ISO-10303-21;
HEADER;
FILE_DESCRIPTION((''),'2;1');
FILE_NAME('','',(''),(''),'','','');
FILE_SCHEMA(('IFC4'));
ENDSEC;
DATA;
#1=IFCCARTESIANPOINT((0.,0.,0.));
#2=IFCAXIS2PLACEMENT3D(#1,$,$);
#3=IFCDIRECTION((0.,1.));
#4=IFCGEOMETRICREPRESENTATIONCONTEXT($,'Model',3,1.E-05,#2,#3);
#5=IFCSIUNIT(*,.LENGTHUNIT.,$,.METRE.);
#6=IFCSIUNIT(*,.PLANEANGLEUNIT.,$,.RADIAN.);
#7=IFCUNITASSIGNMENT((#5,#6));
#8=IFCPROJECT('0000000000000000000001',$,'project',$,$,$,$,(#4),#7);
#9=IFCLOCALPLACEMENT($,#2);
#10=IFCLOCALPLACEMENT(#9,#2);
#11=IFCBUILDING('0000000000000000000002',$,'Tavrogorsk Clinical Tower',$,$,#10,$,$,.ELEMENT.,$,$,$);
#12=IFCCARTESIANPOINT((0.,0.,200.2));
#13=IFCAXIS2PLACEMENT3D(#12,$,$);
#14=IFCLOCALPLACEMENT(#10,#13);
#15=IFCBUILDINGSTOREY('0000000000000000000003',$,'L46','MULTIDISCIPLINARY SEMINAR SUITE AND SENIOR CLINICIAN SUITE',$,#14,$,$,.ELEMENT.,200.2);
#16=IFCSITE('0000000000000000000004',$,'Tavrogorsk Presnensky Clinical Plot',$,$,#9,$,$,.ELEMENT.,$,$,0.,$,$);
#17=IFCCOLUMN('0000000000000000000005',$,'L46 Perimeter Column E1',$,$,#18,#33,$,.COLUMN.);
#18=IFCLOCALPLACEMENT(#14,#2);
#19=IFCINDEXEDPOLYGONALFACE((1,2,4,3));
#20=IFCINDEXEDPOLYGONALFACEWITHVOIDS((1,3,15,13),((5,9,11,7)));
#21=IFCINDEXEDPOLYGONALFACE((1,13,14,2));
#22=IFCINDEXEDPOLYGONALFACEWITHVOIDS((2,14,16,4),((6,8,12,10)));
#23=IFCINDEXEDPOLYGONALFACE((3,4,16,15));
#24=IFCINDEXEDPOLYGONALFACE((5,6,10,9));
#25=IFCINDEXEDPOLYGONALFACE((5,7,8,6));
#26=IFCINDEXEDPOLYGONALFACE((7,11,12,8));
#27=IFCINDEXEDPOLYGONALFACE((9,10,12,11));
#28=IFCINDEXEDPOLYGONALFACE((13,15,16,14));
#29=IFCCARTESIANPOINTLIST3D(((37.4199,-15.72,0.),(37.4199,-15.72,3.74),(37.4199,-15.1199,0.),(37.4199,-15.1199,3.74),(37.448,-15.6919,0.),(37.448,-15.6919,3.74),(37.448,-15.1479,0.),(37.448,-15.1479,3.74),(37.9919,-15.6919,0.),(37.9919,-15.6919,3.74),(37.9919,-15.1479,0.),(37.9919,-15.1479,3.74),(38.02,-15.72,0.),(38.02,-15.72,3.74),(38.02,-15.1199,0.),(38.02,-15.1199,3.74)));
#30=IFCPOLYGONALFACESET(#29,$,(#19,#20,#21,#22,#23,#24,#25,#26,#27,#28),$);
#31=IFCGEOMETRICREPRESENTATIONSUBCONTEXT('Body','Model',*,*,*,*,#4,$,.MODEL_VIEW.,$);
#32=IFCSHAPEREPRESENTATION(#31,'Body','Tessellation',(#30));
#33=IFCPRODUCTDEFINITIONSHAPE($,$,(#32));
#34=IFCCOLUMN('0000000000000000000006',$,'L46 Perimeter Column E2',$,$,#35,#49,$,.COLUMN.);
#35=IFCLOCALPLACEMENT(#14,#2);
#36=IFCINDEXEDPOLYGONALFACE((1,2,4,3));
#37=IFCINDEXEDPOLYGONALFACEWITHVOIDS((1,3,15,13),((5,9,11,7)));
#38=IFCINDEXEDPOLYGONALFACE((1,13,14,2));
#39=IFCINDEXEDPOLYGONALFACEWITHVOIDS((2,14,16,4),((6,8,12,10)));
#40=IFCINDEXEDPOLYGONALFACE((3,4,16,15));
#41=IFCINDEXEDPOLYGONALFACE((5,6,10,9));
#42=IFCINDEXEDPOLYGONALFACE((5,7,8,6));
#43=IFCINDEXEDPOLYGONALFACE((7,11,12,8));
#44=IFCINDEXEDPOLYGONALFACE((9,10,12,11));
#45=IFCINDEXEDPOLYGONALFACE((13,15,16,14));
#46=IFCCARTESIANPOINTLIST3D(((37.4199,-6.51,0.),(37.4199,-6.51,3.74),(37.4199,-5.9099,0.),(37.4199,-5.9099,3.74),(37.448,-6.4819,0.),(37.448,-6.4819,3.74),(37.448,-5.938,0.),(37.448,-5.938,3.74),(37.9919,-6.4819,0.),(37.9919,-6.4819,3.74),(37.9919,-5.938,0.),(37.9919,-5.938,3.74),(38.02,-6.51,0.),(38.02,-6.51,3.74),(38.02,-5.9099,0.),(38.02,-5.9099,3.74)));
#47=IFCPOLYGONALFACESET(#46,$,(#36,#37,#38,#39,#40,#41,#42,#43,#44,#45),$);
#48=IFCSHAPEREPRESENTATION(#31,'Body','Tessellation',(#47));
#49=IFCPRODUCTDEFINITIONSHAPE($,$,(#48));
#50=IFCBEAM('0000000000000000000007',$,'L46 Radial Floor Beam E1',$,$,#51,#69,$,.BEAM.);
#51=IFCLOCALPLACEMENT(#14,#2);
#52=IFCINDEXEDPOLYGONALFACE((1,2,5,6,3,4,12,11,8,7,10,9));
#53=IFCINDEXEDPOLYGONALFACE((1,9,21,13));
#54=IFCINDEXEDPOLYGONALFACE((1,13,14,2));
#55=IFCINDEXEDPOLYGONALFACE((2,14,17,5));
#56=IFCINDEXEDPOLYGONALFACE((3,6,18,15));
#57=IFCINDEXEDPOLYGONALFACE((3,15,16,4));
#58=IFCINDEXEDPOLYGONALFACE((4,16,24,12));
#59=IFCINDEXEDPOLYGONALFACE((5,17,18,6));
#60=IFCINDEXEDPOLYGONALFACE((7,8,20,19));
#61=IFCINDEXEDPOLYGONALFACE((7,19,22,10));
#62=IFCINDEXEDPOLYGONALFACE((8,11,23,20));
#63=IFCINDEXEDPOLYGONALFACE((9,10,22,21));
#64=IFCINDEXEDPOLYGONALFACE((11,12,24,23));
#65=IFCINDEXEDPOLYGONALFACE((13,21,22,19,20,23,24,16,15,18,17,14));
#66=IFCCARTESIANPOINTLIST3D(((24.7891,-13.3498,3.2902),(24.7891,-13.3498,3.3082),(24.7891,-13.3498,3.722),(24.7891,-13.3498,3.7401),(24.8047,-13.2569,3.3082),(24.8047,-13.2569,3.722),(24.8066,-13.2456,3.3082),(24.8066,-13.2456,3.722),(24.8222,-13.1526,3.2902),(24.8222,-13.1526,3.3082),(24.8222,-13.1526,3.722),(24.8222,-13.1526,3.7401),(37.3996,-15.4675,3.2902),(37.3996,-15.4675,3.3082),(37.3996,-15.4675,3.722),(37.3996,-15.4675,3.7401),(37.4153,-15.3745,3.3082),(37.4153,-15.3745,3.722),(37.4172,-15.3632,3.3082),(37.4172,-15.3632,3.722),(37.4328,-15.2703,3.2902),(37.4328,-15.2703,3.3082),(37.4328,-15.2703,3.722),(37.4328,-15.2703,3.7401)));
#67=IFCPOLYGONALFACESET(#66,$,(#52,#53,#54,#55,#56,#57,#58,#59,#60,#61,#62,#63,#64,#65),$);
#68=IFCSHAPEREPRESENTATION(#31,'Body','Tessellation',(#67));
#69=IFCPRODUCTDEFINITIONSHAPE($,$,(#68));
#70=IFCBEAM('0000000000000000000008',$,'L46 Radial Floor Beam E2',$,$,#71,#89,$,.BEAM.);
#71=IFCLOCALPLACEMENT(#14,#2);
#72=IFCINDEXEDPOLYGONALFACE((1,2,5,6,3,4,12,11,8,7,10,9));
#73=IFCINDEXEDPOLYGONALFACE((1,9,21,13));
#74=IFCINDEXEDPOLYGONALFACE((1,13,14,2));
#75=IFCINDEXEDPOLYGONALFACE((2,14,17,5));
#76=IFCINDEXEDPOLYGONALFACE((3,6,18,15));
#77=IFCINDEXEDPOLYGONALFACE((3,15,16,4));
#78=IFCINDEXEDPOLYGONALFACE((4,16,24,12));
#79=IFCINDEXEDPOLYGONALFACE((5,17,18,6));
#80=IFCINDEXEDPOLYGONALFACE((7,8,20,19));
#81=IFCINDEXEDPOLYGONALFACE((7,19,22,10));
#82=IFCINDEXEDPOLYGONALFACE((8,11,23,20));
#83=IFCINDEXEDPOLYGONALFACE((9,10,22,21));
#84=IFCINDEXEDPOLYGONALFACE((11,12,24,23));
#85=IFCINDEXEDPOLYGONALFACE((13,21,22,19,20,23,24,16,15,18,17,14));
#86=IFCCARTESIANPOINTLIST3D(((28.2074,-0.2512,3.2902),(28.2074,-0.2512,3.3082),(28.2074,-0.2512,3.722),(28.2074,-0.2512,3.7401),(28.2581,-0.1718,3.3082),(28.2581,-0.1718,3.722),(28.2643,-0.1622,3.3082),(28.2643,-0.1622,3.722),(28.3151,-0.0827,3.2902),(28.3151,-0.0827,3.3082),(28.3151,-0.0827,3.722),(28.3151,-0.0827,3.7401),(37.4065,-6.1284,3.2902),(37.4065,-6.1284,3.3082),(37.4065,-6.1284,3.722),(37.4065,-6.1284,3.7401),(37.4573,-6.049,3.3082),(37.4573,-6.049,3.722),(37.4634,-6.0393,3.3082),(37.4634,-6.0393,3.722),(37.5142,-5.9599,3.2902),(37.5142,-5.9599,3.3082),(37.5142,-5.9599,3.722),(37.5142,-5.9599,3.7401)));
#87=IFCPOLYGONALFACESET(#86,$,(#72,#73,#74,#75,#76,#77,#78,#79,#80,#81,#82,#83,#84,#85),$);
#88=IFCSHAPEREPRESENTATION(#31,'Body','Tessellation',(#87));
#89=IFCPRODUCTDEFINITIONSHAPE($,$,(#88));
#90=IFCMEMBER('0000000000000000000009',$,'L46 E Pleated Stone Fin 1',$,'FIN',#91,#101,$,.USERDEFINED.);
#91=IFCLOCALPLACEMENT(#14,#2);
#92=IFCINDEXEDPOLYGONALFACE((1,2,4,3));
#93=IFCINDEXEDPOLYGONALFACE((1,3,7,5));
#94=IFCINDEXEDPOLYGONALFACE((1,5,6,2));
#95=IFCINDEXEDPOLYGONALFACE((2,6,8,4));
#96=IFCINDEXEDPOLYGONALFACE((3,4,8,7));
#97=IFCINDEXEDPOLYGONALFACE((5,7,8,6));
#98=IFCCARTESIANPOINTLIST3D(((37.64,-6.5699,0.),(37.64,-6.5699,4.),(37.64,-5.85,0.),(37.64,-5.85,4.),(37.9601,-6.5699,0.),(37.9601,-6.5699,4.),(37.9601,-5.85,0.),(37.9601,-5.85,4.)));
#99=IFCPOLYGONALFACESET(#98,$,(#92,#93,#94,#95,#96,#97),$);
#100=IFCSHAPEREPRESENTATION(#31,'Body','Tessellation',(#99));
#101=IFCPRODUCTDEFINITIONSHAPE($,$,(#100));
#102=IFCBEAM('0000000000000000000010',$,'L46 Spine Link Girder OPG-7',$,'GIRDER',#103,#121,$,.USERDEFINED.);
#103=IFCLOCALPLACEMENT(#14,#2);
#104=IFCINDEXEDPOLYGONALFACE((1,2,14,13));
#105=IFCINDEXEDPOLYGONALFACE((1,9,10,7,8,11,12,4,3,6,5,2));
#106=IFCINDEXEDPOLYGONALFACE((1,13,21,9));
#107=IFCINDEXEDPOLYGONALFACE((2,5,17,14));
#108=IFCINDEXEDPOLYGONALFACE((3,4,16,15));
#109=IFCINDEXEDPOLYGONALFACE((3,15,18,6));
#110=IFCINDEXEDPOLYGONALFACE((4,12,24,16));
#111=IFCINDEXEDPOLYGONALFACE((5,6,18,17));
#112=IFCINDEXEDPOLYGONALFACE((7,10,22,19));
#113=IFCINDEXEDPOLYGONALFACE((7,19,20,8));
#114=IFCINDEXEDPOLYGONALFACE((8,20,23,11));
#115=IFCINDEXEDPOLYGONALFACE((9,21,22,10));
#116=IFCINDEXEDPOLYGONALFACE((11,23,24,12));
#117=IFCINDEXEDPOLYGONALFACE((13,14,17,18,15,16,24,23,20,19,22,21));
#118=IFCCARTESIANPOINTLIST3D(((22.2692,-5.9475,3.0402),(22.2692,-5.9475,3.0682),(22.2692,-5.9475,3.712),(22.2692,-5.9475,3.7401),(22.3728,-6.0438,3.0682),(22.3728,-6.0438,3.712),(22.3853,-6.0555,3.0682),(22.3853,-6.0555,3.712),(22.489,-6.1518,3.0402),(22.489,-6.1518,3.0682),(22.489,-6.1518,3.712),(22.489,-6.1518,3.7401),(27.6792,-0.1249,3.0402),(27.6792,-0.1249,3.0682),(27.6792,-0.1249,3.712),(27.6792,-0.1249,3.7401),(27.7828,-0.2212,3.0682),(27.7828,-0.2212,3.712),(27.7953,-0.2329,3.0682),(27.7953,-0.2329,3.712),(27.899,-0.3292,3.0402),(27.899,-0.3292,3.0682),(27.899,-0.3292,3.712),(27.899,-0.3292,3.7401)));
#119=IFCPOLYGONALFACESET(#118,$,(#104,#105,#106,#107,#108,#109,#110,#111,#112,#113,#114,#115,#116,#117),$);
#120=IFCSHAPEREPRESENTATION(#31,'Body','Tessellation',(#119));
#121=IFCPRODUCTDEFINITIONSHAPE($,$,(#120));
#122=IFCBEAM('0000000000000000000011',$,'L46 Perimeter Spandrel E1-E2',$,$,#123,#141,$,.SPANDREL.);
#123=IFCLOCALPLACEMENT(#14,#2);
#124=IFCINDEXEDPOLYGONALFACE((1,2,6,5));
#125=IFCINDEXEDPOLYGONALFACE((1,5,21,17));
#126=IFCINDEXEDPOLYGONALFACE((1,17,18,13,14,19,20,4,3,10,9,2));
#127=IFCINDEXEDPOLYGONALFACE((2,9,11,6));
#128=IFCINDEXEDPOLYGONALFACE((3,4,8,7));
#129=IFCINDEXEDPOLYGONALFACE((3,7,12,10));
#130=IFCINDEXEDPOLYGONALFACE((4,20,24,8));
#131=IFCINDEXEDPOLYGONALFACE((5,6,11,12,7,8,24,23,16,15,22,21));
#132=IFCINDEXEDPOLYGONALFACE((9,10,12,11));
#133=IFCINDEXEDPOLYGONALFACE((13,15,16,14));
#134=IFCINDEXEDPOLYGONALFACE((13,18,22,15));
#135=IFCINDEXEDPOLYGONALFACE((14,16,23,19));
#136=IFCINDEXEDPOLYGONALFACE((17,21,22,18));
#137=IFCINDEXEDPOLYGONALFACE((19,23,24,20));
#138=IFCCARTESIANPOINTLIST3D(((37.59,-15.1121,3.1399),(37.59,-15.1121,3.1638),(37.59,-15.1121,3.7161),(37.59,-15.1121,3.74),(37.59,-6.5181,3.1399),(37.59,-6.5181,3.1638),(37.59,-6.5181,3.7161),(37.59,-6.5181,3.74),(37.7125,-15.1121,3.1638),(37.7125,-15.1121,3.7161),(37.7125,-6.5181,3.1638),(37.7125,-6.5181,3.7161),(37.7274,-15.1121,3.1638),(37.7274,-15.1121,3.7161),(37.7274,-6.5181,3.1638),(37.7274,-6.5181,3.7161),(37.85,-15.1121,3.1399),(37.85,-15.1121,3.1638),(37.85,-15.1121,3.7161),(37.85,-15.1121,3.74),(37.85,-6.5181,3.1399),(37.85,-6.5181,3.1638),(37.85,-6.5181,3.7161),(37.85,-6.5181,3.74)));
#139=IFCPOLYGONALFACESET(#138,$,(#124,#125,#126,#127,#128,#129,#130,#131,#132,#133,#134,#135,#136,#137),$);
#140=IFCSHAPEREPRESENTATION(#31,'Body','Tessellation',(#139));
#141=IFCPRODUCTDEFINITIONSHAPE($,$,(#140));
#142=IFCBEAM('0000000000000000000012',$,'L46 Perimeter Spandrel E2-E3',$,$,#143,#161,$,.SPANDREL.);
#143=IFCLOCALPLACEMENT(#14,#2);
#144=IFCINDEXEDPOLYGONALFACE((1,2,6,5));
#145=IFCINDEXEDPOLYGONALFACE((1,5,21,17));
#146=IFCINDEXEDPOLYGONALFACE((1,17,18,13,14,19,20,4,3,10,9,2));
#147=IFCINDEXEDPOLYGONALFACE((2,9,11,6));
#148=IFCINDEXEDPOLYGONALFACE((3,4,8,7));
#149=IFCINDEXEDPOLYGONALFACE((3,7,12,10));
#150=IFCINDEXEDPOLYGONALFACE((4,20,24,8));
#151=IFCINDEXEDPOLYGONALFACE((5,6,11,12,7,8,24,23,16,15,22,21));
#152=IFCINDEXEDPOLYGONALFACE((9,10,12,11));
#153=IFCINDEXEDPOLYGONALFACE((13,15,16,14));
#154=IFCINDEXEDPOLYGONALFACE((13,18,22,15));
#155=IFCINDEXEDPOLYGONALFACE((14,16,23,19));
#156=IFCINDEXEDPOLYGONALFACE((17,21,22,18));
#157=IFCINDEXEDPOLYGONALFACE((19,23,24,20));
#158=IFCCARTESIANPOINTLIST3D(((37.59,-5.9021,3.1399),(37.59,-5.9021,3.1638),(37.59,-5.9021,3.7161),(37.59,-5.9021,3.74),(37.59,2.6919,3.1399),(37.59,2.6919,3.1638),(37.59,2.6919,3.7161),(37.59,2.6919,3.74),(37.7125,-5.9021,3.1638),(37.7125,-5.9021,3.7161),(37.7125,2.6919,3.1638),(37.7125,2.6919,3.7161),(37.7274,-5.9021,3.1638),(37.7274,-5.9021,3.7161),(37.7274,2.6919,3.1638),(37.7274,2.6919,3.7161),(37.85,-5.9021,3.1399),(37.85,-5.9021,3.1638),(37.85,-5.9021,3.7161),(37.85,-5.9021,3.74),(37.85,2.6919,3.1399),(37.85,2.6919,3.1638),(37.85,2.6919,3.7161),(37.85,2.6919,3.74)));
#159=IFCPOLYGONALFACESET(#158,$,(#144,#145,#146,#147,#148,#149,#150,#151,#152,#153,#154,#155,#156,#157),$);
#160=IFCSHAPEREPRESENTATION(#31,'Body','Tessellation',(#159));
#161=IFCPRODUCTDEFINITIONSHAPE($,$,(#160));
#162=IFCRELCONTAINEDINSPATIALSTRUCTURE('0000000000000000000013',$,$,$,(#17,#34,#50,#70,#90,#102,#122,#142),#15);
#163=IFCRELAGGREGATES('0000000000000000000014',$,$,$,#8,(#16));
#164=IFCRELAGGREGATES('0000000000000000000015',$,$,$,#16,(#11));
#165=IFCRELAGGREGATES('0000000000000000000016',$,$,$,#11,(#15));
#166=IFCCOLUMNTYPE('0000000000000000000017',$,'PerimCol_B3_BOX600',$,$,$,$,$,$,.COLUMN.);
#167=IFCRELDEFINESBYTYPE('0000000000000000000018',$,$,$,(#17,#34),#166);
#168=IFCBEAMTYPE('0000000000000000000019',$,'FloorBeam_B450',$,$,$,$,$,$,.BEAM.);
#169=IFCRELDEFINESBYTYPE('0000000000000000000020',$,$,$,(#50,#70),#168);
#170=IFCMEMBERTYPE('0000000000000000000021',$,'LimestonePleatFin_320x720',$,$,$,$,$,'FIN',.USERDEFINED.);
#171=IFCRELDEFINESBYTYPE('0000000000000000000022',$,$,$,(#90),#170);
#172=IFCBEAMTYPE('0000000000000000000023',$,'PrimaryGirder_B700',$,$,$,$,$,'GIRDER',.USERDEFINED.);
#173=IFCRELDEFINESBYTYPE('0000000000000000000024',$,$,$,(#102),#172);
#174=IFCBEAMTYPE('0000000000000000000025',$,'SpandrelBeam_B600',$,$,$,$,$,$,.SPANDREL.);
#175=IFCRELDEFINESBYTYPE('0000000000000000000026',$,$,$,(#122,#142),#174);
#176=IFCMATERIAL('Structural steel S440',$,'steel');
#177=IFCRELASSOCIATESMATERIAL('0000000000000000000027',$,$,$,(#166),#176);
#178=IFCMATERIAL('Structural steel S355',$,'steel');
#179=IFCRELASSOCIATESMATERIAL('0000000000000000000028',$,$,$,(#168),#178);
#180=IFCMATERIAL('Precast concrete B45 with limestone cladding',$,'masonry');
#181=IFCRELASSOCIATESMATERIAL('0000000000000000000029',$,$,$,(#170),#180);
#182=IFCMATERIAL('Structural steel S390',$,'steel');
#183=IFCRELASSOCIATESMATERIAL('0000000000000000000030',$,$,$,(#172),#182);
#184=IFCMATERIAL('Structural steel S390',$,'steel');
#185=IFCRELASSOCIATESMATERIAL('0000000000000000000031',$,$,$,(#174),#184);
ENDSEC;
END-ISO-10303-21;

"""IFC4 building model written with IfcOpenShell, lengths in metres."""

from ifc_helpers import new_model, si_unit, direction, frame, origin, origin_2d, place, context, subcontext, project, spatial, rectangle, hollow_rectangle, i_section, extrude, material, material_profile, profile_set, type_object, element, save


model = new_model("IFC4")

# Units and contexts
model_context = context("Model", 3, precision=1e-05, world=origin(), true_north=direction((0.0, 1.0)))
body_context = subcontext(model_context, "Body", "Model", "MODEL_VIEW")
ifc_project = project(units=[si_unit("LENGTHUNIT", "METRE"), si_unit("PLANEANGLEUNIT", "RADIAN")], contexts=[model_context])

# Site, building, storey
site_placement = place(None, origin())
site = spatial("IfcSite", under=ifc_project, at=site_placement, Name="Tavrogorsk Presnensky Clinical Plot", CompositionType="ELEMENT", RefElevation=0.0)
building_placement = place(site_placement, origin())
building = spatial("IfcBuilding", under=site, at=building_placement, Name="Tavrogorsk Clinical Tower", CompositionType="ELEMENT")
storey_placement = place(building_placement, frame((0.0, 0.0, 200.2)))
storey = spatial("IfcBuildingStorey", under=building, at=storey_placement, Name="L46", Description="MULTIDISCIPLINARY SEMINAR SUITE AND SENIOR CLINICIAN SUITE", CompositionType="ELEMENT", Elevation=200.2)

# Columns
ifc_material_1 = material(Name="Structural steel S440", Category="steel")
ifc_material_profile_1 = material_profile(ifc_material_1, hollow_rectangle(XDim=0.6001, YDim=0.6001, WallThickness=0.0281, at=origin_2d()), Name="BOX-600x600x28")
ifc_profile_set_1 = profile_set([ifc_material_profile_1], Name="Structural steel S440")
column_type = type_object("IfcColumnType", Name="PerimCol_B3_BOX600", PredefinedType="COLUMN", material=ifc_profile_set_1)
for number, where, z_axis, x_axis, name in (
    (1, (37.72, -15.4199, 0.0), (0.0, 0.0, 1.0), (1.0, 0.0, 0.0), "L46 Perimeter Column E1"),
    (2, (37.72, -6.21, 0.0), (0.0, 0.0, 1.0), (1.0, 0.0, 0.0), "L46 Perimeter Column E2"),
):
    element("IfcColumn", number, at=place(storey_placement, frame(where, z_axis=z_axis, x_axis=x_axis)), inside=storey, type_object=column_type, Name=name, PredefinedType="COLUMN", context=body_context, shape_type="SweptSolid", body=[
        extrude(hollow_rectangle(XDim=0.6001, YDim=0.6001, WallThickness=0.0281, at=origin_2d()), origin(), (0.0, 0.0, 1.0), 3.74),
    ])

# Beams
ifc_material_2 = material(Name="Structural steel S355", Category="steel")
ifc_material_profile_2 = material_profile(ifc_material_2, i_section(OverallWidth=0.2, OverallDepth=0.45, WebThickness=0.0115, FlangeThickness=0.0181, at=origin_2d()), Name="B-450x200x11.5x18")
ifc_profile_set_2 = profile_set([ifc_material_profile_2], Name="Structural steel S355")
beam_type_1 = type_object("IfcBeamType", Name="FloorBeam_B450", PredefinedType="BEAM", material=ifc_profile_set_2)
beam_1_placement = place(storey_placement, frame((24.8057, -13.2512, 3.5151), z_axis=(0.986191, -0.165609, 0.0), x_axis=(0.165609, 0.986191, 0.0)))
element("IfcBeam", 3, at=beam_1_placement, inside=storey, type_object=beam_type_1, Name="L46 Radial Floor Beam E1", PredefinedType="BEAM", context=body_context, shape_type="SweptSolid", body=[
    extrude(i_section(OverallWidth=0.2, OverallDepth=0.45, WebThickness=0.0115, FlangeThickness=0.0181, at=origin_2d()), origin(), (0.0, 0.0, 1.0), 12.7871),
])
beam_2_placement = place(storey_placement, frame((28.2612, -0.167, 3.5151), z_axis=(0.8427, -0.538384, 0.0), x_axis=(0.538384, 0.8427, 0.0)))
element("IfcBeam", 4, at=beam_2_placement, inside=storey, type_object=beam_type_1, Name="L46 Radial Floor Beam E2", PredefinedType="BEAM", context=body_context, shape_type="SweptSolid", body=[
    extrude(i_section(OverallWidth=0.2, OverallDepth=0.45, WebThickness=0.0115, FlangeThickness=0.0181, at=origin_2d()), origin(), (0.0, 0.0, 1.0), 10.9163),
])

# Member
ifc_material_3 = material(Name="Precast concrete B45 with limestone cladding", Category="masonry")
ifc_material_profile_3 = material_profile(ifc_material_3, rectangle(XDim=0.3201, YDim=0.72, at=origin_2d()), Name="LIMESTONE-FIN-320x720")
ifc_profile_set_3 = profile_set([ifc_material_profile_3], Name="Precast concrete B45 with limestone cladding")
member_type = type_object("IfcMemberType", Name="LimestonePleatFin_320x720", ElementType="FIN", PredefinedType="USERDEFINED", material=ifc_profile_set_3)
member_placement = place(storey_placement, frame((37.8, -6.21, 0.0), z_axis=(0.0, 0.0, 1.0), x_axis=(1.0, 0.0, 0.0)))
element("IfcMember", 5, at=member_placement, inside=storey, type_object=member_type, Name="L46 E Pleated Stone Fin 1", ObjectType="FIN", PredefinedType="USERDEFINED", context=body_context, shape_type="SweptSolid", body=[
    extrude(rectangle(XDim=0.3201, YDim=0.72, at=origin_2d()), origin(), (0.0, 0.0, 1.0), 4.0),
])

# Beams
ifc_material_4 = material(Name="Structural steel S390", Category="steel")
ifc_material_profile_4 = material_profile(ifc_material_4, i_section(OverallWidth=0.3, OverallDepth=0.7, WebThickness=0.0171, FlangeThickness=0.0281, at=origin_2d()), Name="B-700x300x17x28")
ifc_profile_set_4 = profile_set([ifc_material_profile_4], Name="Structural steel S390")
beam_type_2 = type_object("IfcBeamType", Name="PrimaryGirder_B700", ElementType="GIRDER", PredefinedType="USERDEFINED", material=ifc_profile_set_4)
beam_3_placement = place(storey_placement, frame((27.7891, -0.2271, 3.3901), z_axis=(-0.680674, -0.732587, 0.0), x_axis=(0.732587, -0.680674, 0.0)))
element("IfcBeam", 6, at=beam_3_placement, inside=storey, type_object=beam_type_2, Name="L46 Spine Link Girder OPG-7", ObjectType="GIRDER", PredefinedType="USERDEFINED", context=body_context, shape_type="SweptSolid", body=[
    extrude(i_section(OverallWidth=0.3, OverallDepth=0.7, WebThickness=0.0171, FlangeThickness=0.0281, at=origin_2d()), origin(), (0.0, 0.0, 1.0), 7.948),
])
ifc_material_5 = material(Name="Structural steel S390", Category="steel")
ifc_material_profile_5 = material_profile(ifc_material_5, i_section(OverallWidth=0.26, OverallDepth=0.6001, WebThickness=0.0149, FlangeThickness=0.0239, at=origin_2d()), Name="B-600x260x15x24")
ifc_profile_set_5 = profile_set([ifc_material_profile_5], Name="Structural steel S390")
beam_type_3 = type_object("IfcBeamType", Name="SpandrelBeam_B600", PredefinedType="SPANDREL", material=ifc_profile_set_5)
for number, where, z_axis, x_axis, name in (
    (7, (37.72, -15.1121, 3.4399), (0.0, 1.0, 0.0), (-1.0, 0.0, 0.0), "L46 Perimeter Spandrel E1-E2"),
    (8, (37.72, -5.9021, 3.4399), (0.0, 1.0, 0.0), (-1.0, 0.0, 0.0), "L46 Perimeter Spandrel E2-E3"),
):
    element("IfcBeam", number, at=place(storey_placement, frame(where, z_axis=z_axis, x_axis=x_axis)), inside=storey, type_object=beam_type_3, Name=name, PredefinedType="SPANDREL", context=body_context, shape_type="SweptSolid", body=[
        extrude(i_section(OverallWidth=0.26, OverallDepth=0.6001, WebThickness=0.0149, FlangeThickness=0.0239, at=origin_2d()), origin(), (0.0, 0.0, 1.0), 8.594),
    ])

save(model, "model.ifc")
